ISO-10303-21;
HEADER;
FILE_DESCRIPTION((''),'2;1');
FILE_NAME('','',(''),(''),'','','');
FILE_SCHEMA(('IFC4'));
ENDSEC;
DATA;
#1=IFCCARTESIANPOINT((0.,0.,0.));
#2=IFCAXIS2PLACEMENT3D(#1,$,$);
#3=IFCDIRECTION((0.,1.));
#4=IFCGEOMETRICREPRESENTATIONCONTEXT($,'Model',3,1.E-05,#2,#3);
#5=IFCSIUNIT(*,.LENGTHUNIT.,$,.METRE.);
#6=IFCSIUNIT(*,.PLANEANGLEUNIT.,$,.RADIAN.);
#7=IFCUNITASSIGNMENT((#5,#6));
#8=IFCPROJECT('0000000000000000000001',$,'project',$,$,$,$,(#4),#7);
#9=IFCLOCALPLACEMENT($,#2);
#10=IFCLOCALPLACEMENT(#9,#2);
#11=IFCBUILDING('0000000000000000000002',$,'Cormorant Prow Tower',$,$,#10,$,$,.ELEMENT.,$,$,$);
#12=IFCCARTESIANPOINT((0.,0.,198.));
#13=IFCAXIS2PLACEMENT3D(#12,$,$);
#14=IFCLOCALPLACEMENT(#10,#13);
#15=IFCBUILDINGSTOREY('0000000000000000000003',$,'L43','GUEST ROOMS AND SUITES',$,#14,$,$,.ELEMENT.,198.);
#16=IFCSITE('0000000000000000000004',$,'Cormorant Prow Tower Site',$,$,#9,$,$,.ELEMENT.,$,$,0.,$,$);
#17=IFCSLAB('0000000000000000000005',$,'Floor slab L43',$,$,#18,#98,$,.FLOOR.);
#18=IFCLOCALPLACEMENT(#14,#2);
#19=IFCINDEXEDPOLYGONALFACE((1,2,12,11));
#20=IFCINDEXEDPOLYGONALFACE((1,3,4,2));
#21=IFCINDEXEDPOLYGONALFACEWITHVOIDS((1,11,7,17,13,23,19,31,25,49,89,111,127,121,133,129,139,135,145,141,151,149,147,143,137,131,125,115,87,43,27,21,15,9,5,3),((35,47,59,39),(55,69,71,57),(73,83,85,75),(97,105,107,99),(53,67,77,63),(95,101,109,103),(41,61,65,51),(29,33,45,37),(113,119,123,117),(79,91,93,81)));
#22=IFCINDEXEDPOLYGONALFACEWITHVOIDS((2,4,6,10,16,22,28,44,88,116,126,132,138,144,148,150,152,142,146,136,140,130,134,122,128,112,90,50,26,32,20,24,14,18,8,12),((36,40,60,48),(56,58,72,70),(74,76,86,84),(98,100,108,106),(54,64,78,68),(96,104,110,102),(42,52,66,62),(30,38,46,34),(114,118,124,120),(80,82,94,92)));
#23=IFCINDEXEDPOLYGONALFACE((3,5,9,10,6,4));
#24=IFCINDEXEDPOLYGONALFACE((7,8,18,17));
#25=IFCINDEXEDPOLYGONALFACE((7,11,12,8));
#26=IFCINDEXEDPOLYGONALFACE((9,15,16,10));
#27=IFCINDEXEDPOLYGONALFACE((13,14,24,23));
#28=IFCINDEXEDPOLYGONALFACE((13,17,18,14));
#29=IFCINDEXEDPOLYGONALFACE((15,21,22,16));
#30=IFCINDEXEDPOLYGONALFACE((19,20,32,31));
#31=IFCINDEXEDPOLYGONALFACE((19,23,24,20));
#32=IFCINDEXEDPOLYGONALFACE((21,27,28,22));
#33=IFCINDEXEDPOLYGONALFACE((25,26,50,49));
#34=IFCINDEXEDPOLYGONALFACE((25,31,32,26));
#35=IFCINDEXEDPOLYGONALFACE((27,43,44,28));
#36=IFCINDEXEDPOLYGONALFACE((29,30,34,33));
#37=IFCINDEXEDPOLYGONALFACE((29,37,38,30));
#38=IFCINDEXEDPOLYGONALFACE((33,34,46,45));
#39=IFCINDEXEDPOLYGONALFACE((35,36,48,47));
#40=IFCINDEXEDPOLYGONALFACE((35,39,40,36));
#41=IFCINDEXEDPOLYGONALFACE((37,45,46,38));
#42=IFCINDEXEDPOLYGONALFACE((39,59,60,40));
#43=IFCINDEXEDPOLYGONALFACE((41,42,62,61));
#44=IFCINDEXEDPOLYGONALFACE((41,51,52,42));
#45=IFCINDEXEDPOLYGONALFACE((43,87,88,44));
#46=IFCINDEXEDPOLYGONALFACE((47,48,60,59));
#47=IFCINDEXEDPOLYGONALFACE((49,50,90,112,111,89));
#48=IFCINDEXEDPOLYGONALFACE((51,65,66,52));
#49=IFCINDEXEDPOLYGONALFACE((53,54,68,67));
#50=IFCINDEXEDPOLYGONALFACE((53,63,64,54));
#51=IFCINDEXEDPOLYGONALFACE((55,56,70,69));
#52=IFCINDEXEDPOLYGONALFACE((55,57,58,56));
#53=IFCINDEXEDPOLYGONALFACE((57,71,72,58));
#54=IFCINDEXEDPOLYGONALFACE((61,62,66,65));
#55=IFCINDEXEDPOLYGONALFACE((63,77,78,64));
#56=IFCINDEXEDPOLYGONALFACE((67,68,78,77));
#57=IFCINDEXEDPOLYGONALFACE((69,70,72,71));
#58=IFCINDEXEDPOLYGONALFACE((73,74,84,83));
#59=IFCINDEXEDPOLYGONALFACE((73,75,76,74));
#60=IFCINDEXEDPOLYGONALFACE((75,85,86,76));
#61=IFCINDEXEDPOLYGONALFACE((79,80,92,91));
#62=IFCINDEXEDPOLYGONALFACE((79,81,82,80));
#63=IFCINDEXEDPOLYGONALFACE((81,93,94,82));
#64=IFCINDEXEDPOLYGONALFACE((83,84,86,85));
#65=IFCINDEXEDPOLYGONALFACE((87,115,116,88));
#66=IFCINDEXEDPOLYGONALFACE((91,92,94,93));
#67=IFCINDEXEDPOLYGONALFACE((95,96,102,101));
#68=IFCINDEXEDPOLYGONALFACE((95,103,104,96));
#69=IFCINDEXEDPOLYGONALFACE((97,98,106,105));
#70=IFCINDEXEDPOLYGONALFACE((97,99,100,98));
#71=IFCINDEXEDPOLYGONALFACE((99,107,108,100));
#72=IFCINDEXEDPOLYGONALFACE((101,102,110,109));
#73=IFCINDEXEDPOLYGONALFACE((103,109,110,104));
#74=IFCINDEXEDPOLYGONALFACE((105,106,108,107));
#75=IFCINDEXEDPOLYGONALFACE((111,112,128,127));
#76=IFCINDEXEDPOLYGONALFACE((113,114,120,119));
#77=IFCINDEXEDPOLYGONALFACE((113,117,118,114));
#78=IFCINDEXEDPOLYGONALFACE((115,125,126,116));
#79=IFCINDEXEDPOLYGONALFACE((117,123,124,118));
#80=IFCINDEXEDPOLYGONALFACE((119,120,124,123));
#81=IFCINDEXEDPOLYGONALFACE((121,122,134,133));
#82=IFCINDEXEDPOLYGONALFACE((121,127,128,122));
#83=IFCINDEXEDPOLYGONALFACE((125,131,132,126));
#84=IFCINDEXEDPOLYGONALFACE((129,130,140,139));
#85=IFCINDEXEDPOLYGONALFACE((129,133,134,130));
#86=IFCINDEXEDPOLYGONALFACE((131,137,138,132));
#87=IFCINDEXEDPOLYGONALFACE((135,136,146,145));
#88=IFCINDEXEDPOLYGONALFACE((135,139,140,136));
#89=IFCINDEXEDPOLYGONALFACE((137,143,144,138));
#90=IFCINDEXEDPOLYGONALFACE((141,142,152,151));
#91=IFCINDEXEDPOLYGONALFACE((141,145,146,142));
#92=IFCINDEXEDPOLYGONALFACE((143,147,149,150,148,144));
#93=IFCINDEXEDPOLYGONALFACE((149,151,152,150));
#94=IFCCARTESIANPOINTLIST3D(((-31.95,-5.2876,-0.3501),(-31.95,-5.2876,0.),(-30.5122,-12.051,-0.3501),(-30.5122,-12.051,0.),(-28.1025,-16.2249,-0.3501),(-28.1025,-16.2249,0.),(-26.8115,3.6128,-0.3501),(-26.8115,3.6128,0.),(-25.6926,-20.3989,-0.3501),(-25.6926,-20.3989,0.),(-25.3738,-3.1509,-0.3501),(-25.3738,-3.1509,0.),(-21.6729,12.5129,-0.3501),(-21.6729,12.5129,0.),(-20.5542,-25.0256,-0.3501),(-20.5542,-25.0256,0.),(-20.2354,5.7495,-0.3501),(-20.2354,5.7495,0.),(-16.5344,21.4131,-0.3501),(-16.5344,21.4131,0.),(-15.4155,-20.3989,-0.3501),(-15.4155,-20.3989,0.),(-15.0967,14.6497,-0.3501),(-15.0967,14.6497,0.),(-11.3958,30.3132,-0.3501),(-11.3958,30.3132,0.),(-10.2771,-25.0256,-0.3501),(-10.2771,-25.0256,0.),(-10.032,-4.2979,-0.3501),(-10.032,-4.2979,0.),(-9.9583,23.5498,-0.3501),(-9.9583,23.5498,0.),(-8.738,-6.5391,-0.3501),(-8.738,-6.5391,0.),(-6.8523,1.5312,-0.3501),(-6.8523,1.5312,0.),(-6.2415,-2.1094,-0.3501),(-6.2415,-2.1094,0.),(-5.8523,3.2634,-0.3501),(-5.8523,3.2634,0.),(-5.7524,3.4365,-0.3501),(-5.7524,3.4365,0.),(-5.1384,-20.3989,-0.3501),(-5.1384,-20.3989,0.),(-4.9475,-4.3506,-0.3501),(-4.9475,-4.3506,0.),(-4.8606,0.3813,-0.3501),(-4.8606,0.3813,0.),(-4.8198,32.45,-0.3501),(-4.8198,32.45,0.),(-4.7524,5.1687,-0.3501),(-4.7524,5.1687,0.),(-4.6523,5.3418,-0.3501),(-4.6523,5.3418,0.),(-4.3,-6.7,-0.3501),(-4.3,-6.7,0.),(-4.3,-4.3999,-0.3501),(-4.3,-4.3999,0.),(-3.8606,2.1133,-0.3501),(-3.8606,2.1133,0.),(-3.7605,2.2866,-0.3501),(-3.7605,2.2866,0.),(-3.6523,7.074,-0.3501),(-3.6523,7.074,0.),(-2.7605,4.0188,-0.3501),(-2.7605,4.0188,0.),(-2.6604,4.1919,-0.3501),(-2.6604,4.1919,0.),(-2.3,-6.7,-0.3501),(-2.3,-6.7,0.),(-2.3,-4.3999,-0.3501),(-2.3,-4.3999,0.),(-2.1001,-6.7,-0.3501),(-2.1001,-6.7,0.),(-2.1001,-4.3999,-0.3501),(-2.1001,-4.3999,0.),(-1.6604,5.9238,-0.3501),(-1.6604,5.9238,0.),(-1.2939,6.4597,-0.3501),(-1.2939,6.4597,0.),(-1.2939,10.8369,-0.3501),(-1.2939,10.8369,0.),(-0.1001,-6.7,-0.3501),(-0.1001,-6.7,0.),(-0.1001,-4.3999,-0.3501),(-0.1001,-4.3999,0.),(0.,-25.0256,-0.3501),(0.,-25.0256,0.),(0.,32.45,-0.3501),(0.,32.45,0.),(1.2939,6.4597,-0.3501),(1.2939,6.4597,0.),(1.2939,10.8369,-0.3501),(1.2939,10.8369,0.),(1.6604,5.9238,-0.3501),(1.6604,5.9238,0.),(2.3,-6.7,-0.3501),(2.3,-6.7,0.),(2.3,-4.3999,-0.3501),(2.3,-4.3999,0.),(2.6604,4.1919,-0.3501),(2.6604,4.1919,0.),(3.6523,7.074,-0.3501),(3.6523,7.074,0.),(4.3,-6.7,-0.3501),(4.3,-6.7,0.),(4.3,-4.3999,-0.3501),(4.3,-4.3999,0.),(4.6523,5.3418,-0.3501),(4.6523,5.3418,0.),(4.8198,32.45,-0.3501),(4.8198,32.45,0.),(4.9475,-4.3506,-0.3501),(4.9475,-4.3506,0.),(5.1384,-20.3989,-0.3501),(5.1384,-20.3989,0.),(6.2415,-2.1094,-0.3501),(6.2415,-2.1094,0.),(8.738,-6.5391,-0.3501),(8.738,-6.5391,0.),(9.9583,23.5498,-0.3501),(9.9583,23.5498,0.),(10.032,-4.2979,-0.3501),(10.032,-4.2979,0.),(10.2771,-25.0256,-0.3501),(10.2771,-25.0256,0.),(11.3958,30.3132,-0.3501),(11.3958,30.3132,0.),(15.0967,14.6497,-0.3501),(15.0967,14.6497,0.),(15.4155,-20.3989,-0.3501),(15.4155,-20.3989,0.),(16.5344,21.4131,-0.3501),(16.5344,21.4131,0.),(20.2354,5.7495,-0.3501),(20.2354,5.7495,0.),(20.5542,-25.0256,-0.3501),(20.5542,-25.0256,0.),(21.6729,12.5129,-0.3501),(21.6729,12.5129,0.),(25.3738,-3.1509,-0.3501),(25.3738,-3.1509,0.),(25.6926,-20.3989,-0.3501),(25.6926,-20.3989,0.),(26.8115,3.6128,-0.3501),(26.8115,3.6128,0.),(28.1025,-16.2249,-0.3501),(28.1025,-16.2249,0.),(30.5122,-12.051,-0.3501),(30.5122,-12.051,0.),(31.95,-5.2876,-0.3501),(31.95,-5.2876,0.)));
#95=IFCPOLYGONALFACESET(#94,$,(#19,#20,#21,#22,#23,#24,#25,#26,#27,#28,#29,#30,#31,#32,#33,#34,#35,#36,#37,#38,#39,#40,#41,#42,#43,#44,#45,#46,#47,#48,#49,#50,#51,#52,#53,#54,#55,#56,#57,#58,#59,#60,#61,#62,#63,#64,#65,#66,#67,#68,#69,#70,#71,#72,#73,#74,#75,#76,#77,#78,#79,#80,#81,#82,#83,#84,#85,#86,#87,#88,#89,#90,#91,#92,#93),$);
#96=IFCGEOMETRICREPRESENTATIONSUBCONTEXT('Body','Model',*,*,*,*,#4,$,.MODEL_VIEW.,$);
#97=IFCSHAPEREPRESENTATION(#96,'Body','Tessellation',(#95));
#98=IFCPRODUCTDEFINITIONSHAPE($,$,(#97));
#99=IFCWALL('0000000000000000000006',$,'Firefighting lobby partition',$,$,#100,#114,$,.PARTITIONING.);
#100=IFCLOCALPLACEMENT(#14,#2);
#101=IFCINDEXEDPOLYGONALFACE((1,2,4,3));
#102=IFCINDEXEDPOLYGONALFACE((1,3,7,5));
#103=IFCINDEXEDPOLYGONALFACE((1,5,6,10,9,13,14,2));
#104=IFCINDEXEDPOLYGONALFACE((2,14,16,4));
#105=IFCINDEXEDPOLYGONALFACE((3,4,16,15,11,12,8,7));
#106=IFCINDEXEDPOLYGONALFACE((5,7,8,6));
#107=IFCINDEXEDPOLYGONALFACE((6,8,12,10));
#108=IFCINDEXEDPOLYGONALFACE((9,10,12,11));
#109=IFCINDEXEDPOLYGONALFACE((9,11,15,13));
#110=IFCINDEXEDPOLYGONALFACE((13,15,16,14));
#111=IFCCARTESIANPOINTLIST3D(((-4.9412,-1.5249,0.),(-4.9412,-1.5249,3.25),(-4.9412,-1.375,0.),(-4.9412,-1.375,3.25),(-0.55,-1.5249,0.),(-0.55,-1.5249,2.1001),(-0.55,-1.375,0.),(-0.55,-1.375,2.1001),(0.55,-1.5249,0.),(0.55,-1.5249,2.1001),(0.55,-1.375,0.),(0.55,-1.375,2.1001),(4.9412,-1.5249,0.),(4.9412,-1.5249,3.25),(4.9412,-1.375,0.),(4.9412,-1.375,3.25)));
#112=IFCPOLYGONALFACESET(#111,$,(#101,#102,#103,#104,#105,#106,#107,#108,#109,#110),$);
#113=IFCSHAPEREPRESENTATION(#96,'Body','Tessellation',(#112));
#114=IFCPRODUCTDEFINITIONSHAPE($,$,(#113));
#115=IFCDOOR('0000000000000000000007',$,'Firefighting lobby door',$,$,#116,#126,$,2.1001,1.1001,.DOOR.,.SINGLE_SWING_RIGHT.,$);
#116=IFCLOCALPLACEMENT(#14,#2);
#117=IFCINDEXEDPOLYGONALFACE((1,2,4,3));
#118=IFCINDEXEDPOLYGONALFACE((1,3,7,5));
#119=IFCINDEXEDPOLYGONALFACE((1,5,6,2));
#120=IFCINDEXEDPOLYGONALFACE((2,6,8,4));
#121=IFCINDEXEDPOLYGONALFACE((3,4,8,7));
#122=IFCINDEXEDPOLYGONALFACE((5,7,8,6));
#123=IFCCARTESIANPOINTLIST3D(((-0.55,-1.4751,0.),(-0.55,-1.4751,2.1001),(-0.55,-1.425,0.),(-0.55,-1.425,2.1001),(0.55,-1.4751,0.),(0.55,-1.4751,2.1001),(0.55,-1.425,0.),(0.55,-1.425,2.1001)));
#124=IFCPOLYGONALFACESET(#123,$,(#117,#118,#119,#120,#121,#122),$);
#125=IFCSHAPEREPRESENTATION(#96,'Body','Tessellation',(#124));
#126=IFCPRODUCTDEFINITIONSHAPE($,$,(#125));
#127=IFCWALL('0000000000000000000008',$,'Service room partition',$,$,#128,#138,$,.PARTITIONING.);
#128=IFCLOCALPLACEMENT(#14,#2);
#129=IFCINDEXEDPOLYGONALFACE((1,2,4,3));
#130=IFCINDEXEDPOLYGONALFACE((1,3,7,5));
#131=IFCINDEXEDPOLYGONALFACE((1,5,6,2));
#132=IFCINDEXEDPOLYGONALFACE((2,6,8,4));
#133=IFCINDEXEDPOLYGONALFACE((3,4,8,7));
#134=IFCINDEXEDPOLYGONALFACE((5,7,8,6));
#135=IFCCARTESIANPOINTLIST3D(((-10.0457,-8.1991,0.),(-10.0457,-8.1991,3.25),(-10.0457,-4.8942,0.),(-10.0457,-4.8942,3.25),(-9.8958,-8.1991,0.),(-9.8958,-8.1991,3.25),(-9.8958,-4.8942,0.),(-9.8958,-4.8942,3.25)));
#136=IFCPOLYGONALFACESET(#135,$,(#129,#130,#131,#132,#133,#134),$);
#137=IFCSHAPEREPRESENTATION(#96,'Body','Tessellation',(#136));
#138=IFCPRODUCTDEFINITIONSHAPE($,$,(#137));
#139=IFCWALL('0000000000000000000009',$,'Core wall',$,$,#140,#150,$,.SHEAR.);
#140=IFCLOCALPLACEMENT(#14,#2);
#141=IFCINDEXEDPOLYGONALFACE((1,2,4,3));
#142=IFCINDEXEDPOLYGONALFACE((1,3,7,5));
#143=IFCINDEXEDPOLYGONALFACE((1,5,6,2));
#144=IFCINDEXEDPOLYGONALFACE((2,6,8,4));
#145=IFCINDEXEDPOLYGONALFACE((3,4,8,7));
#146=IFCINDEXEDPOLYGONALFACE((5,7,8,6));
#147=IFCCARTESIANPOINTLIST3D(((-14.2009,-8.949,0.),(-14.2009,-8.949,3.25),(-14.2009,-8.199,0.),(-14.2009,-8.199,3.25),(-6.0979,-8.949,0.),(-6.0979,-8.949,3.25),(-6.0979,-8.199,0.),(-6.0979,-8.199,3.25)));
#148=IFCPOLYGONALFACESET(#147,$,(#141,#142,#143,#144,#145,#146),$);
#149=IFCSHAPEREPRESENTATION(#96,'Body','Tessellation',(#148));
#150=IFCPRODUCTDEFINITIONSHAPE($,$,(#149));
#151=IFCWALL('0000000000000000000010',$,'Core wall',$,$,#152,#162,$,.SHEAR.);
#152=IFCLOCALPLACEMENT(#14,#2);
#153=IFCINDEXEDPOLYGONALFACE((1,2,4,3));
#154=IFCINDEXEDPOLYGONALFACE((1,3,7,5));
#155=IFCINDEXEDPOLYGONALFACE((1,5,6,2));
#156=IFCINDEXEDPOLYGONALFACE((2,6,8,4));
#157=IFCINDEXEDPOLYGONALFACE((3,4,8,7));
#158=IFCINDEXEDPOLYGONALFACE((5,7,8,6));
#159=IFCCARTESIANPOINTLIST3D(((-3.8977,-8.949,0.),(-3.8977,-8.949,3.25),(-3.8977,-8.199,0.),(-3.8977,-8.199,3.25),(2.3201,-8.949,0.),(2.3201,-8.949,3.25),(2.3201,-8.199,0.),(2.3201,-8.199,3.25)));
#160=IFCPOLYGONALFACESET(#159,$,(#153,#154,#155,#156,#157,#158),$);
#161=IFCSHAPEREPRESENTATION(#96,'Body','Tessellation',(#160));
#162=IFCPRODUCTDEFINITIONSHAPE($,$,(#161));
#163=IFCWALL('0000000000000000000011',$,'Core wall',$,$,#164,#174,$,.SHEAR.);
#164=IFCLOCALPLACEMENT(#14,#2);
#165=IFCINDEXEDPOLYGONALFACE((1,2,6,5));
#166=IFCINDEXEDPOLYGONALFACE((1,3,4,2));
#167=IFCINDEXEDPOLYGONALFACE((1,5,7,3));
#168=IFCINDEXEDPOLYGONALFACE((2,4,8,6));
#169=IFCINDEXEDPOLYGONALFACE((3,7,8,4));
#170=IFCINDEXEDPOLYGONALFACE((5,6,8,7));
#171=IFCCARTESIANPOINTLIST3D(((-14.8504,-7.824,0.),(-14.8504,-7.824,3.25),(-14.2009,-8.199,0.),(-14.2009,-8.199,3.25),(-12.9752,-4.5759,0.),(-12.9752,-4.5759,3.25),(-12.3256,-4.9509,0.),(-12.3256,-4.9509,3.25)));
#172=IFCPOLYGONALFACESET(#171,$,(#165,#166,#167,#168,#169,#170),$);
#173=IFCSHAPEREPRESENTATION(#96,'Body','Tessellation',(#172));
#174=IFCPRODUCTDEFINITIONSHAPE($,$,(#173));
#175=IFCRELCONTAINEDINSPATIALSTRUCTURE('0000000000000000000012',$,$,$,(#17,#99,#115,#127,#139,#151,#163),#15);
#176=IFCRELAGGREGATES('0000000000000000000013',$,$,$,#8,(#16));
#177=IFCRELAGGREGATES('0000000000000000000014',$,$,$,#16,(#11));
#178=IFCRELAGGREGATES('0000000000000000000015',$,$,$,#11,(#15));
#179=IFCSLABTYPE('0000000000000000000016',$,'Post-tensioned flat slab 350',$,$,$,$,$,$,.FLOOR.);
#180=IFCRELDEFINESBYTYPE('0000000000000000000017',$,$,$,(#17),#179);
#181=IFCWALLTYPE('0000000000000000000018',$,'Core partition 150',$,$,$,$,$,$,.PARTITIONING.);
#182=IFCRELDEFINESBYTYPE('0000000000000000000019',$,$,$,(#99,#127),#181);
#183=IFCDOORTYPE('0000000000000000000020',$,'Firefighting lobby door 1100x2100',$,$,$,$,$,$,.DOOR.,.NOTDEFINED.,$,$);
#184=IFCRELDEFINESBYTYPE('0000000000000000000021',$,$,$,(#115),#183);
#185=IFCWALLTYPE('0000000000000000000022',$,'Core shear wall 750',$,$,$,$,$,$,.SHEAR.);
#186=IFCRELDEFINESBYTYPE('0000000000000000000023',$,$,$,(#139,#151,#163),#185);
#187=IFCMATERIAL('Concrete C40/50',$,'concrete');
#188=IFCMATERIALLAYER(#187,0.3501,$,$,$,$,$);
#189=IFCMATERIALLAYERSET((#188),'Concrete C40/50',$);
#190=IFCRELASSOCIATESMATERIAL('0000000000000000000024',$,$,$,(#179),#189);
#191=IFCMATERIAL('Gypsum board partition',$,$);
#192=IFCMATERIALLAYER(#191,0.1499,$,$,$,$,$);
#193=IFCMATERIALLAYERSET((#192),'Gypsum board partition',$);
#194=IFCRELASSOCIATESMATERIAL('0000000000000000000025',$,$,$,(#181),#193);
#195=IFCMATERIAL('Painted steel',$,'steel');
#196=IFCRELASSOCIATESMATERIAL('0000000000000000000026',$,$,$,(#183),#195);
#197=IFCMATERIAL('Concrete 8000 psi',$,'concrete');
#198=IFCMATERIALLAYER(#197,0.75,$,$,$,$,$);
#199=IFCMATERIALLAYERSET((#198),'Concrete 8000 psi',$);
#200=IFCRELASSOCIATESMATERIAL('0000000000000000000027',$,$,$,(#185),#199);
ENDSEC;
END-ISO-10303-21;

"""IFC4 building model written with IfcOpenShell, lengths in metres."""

from ifc_helpers import new_model, si_unit, direction, frame, frame_2d, origin, place, context, subcontext, project, spatial, polyline, rectangle, outline, extrude, material, layer, layer_set, type_object, element, fill, save


model = new_model("IFC4")

# Units and contexts
model_context = context("Model", 3, precision=1e-05, world=origin(), true_north=direction((0.0, 1.0)))
body_context = subcontext(model_context, "Body", "Model", "MODEL_VIEW")
ifc_project = project(units=[si_unit("LENGTHUNIT", "METRE"), si_unit("PLANEANGLEUNIT", "RADIAN")], contexts=[model_context])

# Site, building, storey
site_placement = place(None, origin())
site = spatial("IfcSite", under=ifc_project, at=site_placement, Name="Cormorant Prow Tower Site", CompositionType="ELEMENT", RefElevation=0.0)
building_placement = place(site_placement, origin())
building = spatial("IfcBuilding", under=site, at=building_placement, Name="Cormorant Prow Tower", CompositionType="ELEMENT")
storey_placement = place(building_placement, frame((0.0, 0.0, 198.0)))
storey = spatial("IfcBuildingStorey", under=building, at=storey_placement, Name="L43", Description="GUEST ROOMS AND SUITES", CompositionType="ELEMENT", Elevation=198.0)

# Slab
ifc_material_1 = material(Name="Concrete C40/50", Category="concrete")
ifc_layer_1 = layer(ifc_material_1, 0.3501)
ifc_layer_set_1 = layer_set([ifc_layer_1], Name="Concrete C40/50")
slab_type_1 = type_object("IfcSlabType", Name="Post-tensioned flat slab 350", PredefinedType="FLOOR", material=ifc_layer_set_1)
slab_1_placement = place(storey_placement, frame((0.0, 0.0, -0.3501)))
element("IfcSlab", 1, at=slab_1_placement, inside=storey, type_object=slab_type_1, Name="Floor slab L43", PredefinedType="FLOOR", context=body_context, shape_type="SweptSolid", body=[
    extrude(outline(polyline([(-9.9583, 23.5498), (-16.5344, 21.4131), (-15.0967, 14.6497), (-21.6729, 12.5129), (-20.2354, 5.7495), (-26.8115, 3.6128), (-25.3738, -3.1509), (-31.95, -5.2876), (-30.5122, -12.051), (-28.1025, -16.2249), (-25.6926, -20.3989), (-20.5542, -25.0256), (-15.4155, -20.3989), (-10.2771, -25.0256), (-5.1384, -20.3989), (0.0, -25.0256), (5.1384, -20.3989), (10.2771, -25.0256), (15.4155, -20.3989), (20.5542, -25.0256), (25.6926, -20.3989), (28.1025, -16.2249), (30.5122, -12.051), (31.95, -5.2876), (25.3738, -3.1509), (26.8115, 3.6128), (20.2354, 5.7495), (21.6729, 12.5129), (15.0967, 14.6497), (16.5344, 21.4131), (9.9583, 23.5498), (11.3958, 30.3132), (4.8198, 32.45), (0.0, 32.45), (-4.8198, 32.45), (-11.3958, 30.3132), (-9.9583, 23.5498)]), holes=[polyline([(-4.3, -4.3999), (-2.3, -4.3999), (-2.3, -6.7), (-4.3, -6.7), (-4.3, -4.3999)]), polyline([(-0.1001, -4.3999), (-0.1001, -6.7), (-2.1001, -6.7), (-2.1001, -4.3999), (-0.1001, -4.3999)]), polyline([(4.3, -6.7), (2.3, -6.7), (2.3, -4.3999), (4.3, -4.3999), (4.3, -6.7)]), polyline([(4.6523, 5.3418), (2.6604, 4.1919), (1.6604, 5.9238), (3.6523, 7.074), (4.6523, 5.3418)]), polyline([(-1.6604, 5.9238), (-2.6604, 4.1919), (-4.6523, 5.3418), (-3.6523, 7.074), (-1.6604, 5.9238)]), polyline([(-3.7605, 2.2866), (-5.7524, 3.4365), (-4.7524, 5.1687), (-2.7605, 4.0188), (-3.7605, 2.2866)]), polyline([(-6.8523, 1.5312), (-5.8523, 3.2634), (-3.8606, 2.1133), (-4.8606, 0.3813), (-6.8523, 1.5312)]), polyline([(-4.9475, -4.3506), (-8.738, -6.5391), (-10.032, -4.2979), (-6.2415, -2.1094), (-4.9475, -4.3506)]), polyline([(10.032, -4.2979), (8.738, -6.5391), (4.9475, -4.3506), (6.2415, -2.1094), (10.032, -4.2979)]), polyline([(1.2939, 10.8369), (1.2939, 6.4597), (-1.2939, 6.4597), (-1.2939, 10.8369), (1.2939, 10.8369)])]), origin(), (0.0, 0.0, 1.0), 0.3501),
])

# Wall, opening, door
ifc_material_2 = material(Name="Gypsum board partition")
ifc_layer_2 = layer(ifc_material_2, 0.1499)
ifc_layer_set_2 = layer_set([ifc_layer_2], Name="Gypsum board partition")
wall_type_1 = type_object("IfcWallType", Name="Core partition 150", PredefinedType="PARTITIONING", material=ifc_layer_set_2)
wall_1_placement = place(storey_placement, frame((-4.9412, -1.45, 0.0), z_axis=(0.0, 0.0, 1.0), x_axis=(1.0, 0.0, 0.0)))
wall_1 = element("IfcWall", 2, at=wall_1_placement, inside=storey, type_object=wall_type_1, Name="Firefighting lobby partition", PredefinedType="PARTITIONING", context=body_context, shape_type="SweptSolid", body=[
    extrude(rectangle(XDim=9.8823, YDim=0.1499, at=frame_2d((4.9412, 0.0))), origin(), (0.0, 0.0, 1.0), 3.25),
])
opening_1_placement = place(wall_1_placement, frame((4.3911, 0.0, 0.0)))
opening_1 = element("IfcOpeningElement", 3, at=opening_1_placement, cuts=wall_1, PredefinedType="OPENING", context=body_context, shape_type="SweptSolid", body=[
    extrude(rectangle(XDim=1.1001, YDim=2.1001, at=frame_2d((0.55, 1.05))), frame((0.0, 0.085, 0.0), z_axis=(0.0, -1.0, 0.0), x_axis=(1.0, 0.0, 0.0)), (0.0, 0.0, 1.0), 0.1699),
])
ifc_material_3 = material(Name="Painted steel", Category="steel")
door_type_1 = type_object("IfcDoorType", Name="Firefighting lobby door 1100x2100", OperationType="NOTDEFINED", PredefinedType="DOOR", material=ifc_material_3)
door_1_placement = place(opening_1_placement, origin())
door_1 = element("IfcDoor", 4, at=door_1_placement, inside=storey, type_object=door_type_1, Name="Firefighting lobby door", OperationType="SINGLE_SWING_RIGHT", OverallHeight=2.1001, OverallWidth=1.1001, PredefinedType="DOOR", context=body_context, shape_type="SweptSolid", body=[
    extrude(rectangle(XDim=1.1001, YDim=2.1001, at=frame_2d((0.55, 1.05))), frame((0.0, 0.0249, 0.0), z_axis=(0.0, -1.0, 0.0), x_axis=(1.0, 0.0, 0.0)), (0.0, 0.0, 1.0), 0.05),
])
fill(opening_1, door_1)

# Walls
wall_2_placement = place(storey_placement, frame((-9.9707, -8.199, 0.0), z_axis=(0.0, 0.0, 1.0), x_axis=(0.0, 1.0, 0.0)))
element("IfcWall", 5, at=wall_2_placement, inside=storey, type_object=wall_type_1, Name="Service room partition", PredefinedType="PARTITIONING", context=body_context, shape_type="SweptSolid", body=[
    extrude(rectangle(XDim=3.3049, YDim=0.1499, at=frame_2d((1.6523, 0.0))), origin(), (0.0, 0.0, 1.0), 3.25),
])
ifc_material_4 = material(Name="Concrete 8000 psi", Category="concrete")
ifc_layer_3 = layer(ifc_material_4, 0.75)
ifc_layer_set_3 = layer_set([ifc_layer_3], Name="Concrete 8000 psi")
wall_type_2 = type_object("IfcWallType", Name="Core shear wall 750", PredefinedType="SHEAR", material=ifc_layer_set_3)
wall_3_placement = place(storey_placement, frame((-14.2009, -8.574, 0.0), z_axis=(0.0, 0.0, 1.0), x_axis=(1.0, 0.0, 0.0)))
element("IfcWall", 6, at=wall_3_placement, inside=storey, type_object=wall_type_2, Name="Core wall", PredefinedType="SHEAR", context=body_context, shape_type="SweptSolid", body=[
    extrude(rectangle(XDim=8.103, YDim=0.75, at=frame_2d((4.0515, 0.0))), origin(), (0.0, 0.0, 1.0), 3.25),
])
wall_4_placement = place(storey_placement, frame((-3.8977, -8.574, 0.0), z_axis=(0.0, 0.0, 1.0), x_axis=(1.0, 0.0, 0.0)))
element("IfcWall", 7, at=wall_4_placement, inside=storey, type_object=wall_type_2, Name="Core wall", PredefinedType="SHEAR", context=body_context, shape_type="SweptSolid", body=[
    extrude(rectangle(XDim=6.2178, YDim=0.75, at=frame_2d((3.1089, 0.0))), origin(), (0.0, 0.0, 1.0), 3.25),
])
wall_5_placement = place(storey_placement, frame((-12.6504, -4.7634, 0.0), z_axis=(0.0, 0.0, 1.0), x_axis=(-0.499997, -0.866027, 0.0)))
element("IfcWall", 8, at=wall_5_placement, inside=storey, type_object=wall_type_2, Name="Core wall", PredefinedType="SHEAR", context=body_context, shape_type="SweptSolid", body=[
    extrude(rectangle(XDim=3.7505, YDim=0.75, at=frame_2d((1.8752, 0.0))), origin(), (0.0, 0.0, 1.0), 3.25),
])

save(model, "model.ifc")
